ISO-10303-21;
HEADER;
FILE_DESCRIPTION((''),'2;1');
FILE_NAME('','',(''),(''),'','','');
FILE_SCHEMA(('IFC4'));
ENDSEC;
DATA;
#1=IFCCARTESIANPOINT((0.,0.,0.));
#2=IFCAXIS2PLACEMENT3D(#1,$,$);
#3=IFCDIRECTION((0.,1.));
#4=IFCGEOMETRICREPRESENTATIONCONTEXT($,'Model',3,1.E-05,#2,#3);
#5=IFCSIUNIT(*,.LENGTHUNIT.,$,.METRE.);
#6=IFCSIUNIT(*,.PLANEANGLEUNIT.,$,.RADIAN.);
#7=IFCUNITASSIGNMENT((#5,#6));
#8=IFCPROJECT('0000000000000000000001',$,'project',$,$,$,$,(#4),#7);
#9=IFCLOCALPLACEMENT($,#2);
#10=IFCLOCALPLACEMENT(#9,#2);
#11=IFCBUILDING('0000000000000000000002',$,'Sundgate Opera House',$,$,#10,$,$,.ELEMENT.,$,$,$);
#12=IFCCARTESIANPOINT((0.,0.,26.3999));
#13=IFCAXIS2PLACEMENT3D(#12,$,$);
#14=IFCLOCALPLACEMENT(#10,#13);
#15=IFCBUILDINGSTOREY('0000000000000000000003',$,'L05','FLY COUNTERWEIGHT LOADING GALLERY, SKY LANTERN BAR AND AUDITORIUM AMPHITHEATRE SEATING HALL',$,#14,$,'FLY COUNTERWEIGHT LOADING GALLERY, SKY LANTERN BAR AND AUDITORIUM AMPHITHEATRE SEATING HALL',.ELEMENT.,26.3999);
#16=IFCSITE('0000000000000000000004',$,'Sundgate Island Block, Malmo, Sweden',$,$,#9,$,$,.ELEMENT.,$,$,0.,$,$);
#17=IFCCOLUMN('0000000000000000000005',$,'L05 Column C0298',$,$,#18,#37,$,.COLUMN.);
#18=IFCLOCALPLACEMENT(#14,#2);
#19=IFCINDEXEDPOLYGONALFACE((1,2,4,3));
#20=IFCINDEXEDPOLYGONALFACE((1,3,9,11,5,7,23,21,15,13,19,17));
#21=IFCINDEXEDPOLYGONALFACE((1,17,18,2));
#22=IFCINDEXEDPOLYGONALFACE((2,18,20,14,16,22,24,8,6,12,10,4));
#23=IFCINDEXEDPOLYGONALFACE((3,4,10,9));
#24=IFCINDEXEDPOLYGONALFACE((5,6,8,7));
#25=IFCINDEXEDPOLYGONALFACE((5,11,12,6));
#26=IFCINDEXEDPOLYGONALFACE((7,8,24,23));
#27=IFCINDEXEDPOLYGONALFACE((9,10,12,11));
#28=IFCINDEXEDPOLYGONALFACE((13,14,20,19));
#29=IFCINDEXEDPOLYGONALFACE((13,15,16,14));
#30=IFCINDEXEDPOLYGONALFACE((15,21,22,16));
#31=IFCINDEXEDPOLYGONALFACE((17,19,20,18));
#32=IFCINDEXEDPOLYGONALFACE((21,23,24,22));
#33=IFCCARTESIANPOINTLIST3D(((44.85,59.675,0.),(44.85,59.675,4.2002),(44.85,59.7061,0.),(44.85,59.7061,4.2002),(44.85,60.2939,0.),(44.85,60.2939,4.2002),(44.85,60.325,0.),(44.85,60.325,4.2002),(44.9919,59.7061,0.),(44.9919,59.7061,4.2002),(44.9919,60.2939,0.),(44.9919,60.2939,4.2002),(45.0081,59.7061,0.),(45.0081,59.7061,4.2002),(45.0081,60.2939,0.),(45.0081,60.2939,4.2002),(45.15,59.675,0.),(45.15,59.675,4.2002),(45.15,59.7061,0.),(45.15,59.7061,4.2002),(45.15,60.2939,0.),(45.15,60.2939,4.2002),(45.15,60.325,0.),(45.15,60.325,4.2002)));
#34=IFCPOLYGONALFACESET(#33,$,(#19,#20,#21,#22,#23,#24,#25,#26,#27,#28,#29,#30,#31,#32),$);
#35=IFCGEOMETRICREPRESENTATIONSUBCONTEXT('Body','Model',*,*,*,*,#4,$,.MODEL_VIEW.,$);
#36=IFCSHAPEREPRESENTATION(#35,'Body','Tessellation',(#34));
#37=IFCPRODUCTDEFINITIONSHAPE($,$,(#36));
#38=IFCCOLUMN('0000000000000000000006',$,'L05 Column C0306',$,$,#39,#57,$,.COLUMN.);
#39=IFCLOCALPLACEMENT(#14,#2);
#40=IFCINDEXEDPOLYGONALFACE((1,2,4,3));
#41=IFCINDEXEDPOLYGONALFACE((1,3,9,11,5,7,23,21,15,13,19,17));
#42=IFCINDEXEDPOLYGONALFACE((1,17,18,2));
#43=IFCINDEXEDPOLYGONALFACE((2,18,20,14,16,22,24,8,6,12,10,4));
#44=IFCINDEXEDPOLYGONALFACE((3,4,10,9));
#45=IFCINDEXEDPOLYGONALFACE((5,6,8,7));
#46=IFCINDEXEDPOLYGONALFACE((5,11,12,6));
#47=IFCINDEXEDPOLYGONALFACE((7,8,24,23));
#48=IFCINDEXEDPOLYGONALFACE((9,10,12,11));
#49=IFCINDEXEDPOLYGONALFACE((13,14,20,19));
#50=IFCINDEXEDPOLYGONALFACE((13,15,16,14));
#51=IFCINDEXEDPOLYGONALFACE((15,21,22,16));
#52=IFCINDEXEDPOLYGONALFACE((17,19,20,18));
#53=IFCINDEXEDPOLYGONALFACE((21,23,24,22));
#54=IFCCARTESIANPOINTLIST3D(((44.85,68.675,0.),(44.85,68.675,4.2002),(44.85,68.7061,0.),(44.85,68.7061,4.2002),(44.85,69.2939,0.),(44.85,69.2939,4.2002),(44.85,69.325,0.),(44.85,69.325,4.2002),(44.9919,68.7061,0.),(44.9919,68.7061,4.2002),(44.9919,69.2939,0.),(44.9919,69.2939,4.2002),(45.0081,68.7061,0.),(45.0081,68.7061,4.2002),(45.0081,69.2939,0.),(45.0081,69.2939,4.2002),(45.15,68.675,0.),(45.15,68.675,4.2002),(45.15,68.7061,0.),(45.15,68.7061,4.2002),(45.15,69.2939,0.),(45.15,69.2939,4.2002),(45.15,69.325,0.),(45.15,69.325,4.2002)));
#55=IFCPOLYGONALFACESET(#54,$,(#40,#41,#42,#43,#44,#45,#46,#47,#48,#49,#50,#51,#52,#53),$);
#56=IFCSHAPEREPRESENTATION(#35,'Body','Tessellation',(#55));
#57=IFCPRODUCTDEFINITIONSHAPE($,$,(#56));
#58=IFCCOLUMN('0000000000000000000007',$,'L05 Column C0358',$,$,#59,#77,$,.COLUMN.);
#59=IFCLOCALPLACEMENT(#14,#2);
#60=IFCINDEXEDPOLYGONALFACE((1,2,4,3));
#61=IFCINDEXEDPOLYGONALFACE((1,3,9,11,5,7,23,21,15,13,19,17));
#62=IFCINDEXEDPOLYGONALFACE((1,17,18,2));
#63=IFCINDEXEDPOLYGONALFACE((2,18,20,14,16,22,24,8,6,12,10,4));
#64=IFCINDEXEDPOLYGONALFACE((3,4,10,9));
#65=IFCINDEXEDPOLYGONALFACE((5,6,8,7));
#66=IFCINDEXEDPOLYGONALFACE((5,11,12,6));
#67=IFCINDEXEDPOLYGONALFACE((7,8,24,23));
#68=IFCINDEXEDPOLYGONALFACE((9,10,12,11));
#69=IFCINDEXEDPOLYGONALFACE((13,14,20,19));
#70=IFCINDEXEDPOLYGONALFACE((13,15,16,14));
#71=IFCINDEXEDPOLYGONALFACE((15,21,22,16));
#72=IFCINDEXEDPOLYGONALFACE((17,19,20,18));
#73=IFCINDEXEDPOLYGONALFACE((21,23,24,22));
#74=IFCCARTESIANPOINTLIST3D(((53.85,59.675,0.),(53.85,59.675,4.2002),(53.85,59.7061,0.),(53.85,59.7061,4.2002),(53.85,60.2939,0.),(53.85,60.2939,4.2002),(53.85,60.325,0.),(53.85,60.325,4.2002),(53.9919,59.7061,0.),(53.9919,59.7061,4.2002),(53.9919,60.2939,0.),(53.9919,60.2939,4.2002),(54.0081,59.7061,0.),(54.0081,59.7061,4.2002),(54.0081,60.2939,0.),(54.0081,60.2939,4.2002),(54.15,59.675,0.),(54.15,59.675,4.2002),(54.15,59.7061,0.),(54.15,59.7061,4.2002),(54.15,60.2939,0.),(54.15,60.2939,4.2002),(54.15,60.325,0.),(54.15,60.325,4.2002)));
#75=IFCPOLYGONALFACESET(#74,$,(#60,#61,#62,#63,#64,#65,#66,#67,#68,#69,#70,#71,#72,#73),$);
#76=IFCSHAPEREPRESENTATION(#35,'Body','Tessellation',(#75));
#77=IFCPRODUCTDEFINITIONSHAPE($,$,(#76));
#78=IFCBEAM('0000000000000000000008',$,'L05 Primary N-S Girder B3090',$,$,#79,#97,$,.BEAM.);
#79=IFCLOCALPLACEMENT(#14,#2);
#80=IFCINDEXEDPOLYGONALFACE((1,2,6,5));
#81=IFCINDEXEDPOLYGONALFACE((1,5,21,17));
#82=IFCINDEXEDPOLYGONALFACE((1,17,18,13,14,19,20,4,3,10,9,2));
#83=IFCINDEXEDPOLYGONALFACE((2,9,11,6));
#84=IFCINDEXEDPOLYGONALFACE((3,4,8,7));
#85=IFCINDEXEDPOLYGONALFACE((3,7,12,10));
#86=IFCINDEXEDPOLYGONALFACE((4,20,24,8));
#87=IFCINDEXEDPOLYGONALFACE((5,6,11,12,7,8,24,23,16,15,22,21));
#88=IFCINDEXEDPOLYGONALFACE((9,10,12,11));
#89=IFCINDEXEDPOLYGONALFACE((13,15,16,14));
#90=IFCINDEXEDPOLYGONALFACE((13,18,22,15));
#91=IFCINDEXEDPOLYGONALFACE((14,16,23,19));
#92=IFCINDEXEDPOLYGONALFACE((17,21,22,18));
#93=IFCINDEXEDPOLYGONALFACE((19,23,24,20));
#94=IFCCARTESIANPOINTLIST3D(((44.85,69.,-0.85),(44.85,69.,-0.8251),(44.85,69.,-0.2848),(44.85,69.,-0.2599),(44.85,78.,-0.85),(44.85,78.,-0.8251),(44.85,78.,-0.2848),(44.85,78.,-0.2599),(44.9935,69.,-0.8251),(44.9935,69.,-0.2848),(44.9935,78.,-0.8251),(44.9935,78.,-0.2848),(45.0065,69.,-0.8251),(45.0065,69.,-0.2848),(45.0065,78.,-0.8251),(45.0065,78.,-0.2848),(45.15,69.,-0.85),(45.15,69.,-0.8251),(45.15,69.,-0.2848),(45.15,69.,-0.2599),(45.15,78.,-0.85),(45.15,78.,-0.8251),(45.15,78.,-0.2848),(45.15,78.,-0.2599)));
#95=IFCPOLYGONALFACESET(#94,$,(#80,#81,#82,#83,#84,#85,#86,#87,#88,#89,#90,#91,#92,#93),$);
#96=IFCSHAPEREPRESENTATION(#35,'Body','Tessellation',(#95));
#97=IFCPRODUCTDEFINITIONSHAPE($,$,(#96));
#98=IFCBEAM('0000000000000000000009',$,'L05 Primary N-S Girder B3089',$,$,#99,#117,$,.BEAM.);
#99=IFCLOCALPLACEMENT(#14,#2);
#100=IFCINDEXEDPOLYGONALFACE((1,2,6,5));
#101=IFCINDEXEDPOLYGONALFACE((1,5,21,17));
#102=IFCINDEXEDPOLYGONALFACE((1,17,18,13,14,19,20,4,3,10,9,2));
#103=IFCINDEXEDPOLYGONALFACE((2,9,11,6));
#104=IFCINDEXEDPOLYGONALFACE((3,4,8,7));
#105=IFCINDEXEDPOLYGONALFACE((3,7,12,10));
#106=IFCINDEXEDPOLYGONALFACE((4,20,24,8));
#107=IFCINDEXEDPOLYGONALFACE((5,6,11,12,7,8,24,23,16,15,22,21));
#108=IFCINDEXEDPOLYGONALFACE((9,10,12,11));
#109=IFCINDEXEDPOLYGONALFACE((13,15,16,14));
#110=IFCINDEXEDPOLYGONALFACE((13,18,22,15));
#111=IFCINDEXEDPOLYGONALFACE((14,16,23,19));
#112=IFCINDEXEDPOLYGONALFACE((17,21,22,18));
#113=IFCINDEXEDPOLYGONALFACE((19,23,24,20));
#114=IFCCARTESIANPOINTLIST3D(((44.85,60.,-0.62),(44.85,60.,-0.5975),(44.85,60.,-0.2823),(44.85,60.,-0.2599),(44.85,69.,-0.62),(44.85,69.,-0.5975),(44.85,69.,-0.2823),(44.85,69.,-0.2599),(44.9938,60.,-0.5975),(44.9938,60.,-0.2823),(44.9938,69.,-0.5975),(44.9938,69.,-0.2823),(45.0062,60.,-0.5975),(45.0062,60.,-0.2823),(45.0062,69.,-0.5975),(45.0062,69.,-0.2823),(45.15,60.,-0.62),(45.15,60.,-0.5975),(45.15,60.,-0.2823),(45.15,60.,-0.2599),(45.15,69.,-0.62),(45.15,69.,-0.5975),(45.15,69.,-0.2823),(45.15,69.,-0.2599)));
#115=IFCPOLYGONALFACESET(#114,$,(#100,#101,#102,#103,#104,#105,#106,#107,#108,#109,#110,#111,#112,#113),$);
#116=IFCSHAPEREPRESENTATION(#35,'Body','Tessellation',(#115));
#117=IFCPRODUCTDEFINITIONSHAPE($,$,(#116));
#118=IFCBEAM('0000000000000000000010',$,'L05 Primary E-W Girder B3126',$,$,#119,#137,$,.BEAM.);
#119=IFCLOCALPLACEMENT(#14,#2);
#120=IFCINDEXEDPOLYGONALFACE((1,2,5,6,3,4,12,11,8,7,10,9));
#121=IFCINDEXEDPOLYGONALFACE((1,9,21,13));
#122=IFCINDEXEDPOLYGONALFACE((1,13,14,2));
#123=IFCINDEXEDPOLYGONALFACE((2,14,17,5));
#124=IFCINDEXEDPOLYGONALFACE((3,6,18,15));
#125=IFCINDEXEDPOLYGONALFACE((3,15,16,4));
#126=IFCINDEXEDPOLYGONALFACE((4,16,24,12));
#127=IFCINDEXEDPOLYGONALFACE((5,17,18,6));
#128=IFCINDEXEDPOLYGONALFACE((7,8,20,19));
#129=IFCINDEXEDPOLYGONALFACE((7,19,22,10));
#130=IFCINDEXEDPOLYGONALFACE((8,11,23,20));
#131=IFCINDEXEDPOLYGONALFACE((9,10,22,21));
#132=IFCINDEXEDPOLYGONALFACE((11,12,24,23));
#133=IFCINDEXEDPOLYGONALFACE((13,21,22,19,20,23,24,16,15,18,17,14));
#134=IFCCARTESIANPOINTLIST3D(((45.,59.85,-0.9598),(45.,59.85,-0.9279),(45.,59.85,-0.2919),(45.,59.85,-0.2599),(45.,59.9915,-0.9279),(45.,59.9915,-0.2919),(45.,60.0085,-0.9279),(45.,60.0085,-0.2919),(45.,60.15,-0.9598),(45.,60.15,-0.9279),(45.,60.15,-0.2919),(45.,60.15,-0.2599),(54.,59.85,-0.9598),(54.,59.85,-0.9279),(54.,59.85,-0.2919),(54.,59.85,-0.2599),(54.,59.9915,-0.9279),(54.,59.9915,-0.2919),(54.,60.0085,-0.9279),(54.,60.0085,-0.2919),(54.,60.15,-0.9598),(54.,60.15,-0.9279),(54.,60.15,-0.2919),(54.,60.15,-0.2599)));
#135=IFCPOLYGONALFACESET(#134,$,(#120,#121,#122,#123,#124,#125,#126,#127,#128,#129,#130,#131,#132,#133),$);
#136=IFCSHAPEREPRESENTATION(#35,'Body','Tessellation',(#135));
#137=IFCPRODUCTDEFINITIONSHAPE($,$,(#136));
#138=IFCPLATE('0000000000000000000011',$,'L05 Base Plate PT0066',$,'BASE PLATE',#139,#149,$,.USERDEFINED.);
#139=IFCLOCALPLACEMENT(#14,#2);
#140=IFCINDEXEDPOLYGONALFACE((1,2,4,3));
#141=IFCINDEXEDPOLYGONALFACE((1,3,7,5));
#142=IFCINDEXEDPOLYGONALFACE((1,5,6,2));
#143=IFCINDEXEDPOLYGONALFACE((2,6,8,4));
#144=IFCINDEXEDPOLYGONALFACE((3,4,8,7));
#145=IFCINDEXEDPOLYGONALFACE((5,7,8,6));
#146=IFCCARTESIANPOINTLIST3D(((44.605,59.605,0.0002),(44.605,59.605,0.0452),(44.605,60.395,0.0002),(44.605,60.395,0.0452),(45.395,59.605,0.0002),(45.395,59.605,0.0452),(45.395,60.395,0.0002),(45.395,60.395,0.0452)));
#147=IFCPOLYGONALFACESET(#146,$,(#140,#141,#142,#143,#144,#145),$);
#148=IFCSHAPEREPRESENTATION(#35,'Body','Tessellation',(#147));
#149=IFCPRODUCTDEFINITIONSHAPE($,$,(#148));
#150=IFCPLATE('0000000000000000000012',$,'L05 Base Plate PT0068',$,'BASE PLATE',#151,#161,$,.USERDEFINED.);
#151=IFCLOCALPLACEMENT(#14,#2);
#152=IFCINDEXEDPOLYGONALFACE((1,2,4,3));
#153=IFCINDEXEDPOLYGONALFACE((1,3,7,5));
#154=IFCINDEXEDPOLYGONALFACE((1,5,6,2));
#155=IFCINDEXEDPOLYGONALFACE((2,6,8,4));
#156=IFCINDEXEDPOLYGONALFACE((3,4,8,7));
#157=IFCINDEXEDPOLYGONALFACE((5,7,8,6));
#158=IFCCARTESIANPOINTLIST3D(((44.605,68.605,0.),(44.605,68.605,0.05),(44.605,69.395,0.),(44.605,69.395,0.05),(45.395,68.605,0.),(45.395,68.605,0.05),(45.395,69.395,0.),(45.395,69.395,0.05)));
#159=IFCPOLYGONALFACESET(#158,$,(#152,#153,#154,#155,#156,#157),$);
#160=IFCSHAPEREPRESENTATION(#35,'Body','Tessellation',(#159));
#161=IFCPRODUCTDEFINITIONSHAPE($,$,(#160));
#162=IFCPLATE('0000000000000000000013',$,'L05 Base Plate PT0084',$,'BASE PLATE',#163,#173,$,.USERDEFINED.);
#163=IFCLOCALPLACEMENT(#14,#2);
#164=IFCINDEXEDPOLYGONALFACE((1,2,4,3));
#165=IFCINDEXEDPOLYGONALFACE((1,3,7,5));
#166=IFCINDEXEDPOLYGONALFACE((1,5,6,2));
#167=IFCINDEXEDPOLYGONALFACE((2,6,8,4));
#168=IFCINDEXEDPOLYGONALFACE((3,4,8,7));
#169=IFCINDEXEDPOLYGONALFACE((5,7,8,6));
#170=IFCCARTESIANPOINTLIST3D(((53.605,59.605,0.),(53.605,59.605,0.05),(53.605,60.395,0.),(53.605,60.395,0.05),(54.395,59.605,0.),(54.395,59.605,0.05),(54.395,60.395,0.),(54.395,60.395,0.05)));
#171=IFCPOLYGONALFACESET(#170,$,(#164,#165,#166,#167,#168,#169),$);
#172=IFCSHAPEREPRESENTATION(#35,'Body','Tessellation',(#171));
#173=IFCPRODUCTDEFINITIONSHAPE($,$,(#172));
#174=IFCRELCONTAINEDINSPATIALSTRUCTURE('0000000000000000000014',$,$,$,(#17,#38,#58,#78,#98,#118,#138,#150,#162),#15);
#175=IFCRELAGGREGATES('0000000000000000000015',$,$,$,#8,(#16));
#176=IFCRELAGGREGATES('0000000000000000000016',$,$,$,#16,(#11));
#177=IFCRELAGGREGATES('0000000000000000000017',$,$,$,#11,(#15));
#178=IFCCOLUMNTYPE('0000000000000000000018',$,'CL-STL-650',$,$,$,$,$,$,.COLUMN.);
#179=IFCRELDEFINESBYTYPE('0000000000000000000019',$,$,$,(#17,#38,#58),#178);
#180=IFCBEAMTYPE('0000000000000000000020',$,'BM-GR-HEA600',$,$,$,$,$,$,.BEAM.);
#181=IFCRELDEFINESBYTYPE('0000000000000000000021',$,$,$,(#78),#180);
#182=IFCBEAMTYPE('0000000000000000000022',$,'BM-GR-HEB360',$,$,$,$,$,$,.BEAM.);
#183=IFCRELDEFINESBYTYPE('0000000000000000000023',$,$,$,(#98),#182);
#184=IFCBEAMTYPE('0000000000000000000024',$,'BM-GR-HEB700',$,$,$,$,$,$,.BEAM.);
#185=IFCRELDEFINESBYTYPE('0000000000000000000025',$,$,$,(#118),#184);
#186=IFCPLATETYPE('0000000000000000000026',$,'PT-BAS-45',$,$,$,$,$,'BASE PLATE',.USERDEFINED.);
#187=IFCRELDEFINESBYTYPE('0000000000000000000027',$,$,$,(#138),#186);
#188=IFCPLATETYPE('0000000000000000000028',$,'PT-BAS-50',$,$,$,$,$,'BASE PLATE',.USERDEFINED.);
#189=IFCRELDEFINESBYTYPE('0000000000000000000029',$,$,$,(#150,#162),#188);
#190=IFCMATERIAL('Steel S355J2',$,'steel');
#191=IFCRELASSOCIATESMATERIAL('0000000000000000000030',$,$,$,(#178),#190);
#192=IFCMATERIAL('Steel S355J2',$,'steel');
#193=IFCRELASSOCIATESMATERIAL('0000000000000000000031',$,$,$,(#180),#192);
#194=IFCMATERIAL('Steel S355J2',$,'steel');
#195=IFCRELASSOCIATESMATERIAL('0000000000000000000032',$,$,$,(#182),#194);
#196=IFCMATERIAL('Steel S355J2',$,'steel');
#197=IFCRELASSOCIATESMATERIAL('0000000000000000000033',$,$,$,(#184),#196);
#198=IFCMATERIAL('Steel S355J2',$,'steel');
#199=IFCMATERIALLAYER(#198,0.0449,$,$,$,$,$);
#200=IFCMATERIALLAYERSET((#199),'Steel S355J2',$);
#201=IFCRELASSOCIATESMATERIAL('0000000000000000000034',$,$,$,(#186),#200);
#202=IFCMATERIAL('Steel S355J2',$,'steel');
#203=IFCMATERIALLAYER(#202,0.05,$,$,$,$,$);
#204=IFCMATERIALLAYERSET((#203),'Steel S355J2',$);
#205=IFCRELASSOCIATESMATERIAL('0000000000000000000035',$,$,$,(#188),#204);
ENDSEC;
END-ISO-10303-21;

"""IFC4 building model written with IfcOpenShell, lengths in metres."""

from ifc_helpers import new_model, si_unit, direction, frame, origin, origin_2d, place, context, subcontext, project, spatial, rectangle, i_section, extrude, material, layer, layer_set, material_profile, profile_set, type_object, element, save


model = new_model("IFC4")

# Units and contexts
model_context = context("Model", 3, precision=1e-05, world=origin(), true_north=direction((0.0, 1.0)))
body_context = subcontext(model_context, "Body", "Model", "MODEL_VIEW")
ifc_project = project(units=[si_unit("LENGTHUNIT", "METRE"), si_unit("PLANEANGLEUNIT", "RADIAN")], contexts=[model_context])

# Site, building, storey
site_placement = place(None, origin())
site = spatial("IfcSite", under=ifc_project, at=site_placement, Name="Sundgate Island Block, Malmo, Sweden", CompositionType="ELEMENT", RefElevation=0.0)
building_placement = place(site_placement, origin())
building = spatial("IfcBuilding", under=site, at=building_placement, Name="Sundgate Opera House", CompositionType="ELEMENT")
storey_placement = place(building_placement, frame((0.0, 0.0, 26.3999)))
storey = spatial("IfcBuildingStorey", under=building, at=storey_placement, Name="L05", Description="FLY COUNTERWEIGHT LOADING GALLERY, SKY LANTERN BAR AND AUDITORIUM AMPHITHEATRE SEATING HALL", LongName="FLY COUNTERWEIGHT LOADING GALLERY, SKY LANTERN BAR AND AUDITORIUM AMPHITHEATRE SEATING HALL", CompositionType="ELEMENT", Elevation=26.3999)

# Columns
ifc_material_1 = material(Name="Steel S355J2", Category="steel")
ifc_material_profile_1 = material_profile(ifc_material_1, i_section(OverallWidth=0.3, OverallDepth=0.6499, WebThickness=0.0161, FlangeThickness=0.031, at=origin_2d()), Name="HEB 650")
ifc_profile_set_1 = profile_set([ifc_material_profile_1], Name="Steel S355J2")
column_type = type_object("IfcColumnType", Name="CL-STL-650", PredefinedType="COLUMN", material=ifc_profile_set_1)
for number, where, z_axis, x_axis, name in (
    (1, (45.0, 60.0, 0.0), (0.0, 0.0, 1.0), (1.0, 0.0, 0.0), "L05 Column C0298"),
    (2, (45.0, 69.0, 0.0), (0.0, 0.0, 1.0), (1.0, 0.0, 0.0), "L05 Column C0306"),
    (3, (54.0, 60.0, 0.0), (0.0, 0.0, 1.0), (1.0, 0.0, 0.0), "L05 Column C0358"),
):
    element("IfcColumn", number, at=place(storey_placement, frame(where, z_axis=z_axis, x_axis=x_axis)), inside=storey, type_object=column_type, Name=name, PredefinedType="COLUMN", context=body_context, shape_type="SweptSolid", body=[
        extrude(i_section(OverallWidth=0.3, OverallDepth=0.6499, WebThickness=0.0161, FlangeThickness=0.031, at=origin_2d()), origin(), (0.0, 0.0, 1.0), 4.2002),
    ])

# Beams
ifc_material_2 = material(Name="Steel S355J2", Category="steel")
ifc_material_profile_2 = material_profile(ifc_material_2, i_section(OverallWidth=0.3, OverallDepth=0.5901, WebThickness=0.0129, FlangeThickness=0.0249, at=origin_2d()), Name="HEA 600")
ifc_profile_set_2 = profile_set([ifc_material_profile_2], Name="Steel S355J2")
beam_type_1 = type_object("IfcBeamType", Name="BM-GR-HEA600", PredefinedType="BEAM", material=ifc_profile_set_2)
beam_1_placement = place(storey_placement, frame((45.0, 69.0, -0.5549), z_axis=(0.0, 1.0, 0.0), x_axis=(-1.0, 0.0, 0.0)))
element("IfcBeam", 4, at=beam_1_placement, inside=storey, type_object=beam_type_1, Name="L05 Primary N-S Girder B3090", PredefinedType="BEAM", context=body_context, shape_type="SweptSolid", body=[
    extrude(i_section(OverallWidth=0.3, OverallDepth=0.5901, WebThickness=0.0129, FlangeThickness=0.0249, at=origin_2d()), origin(), (0.0, 0.0, 1.0), 9.0),
])
ifc_material_3 = material(Name="Steel S355J2", Category="steel")
ifc_material_profile_3 = material_profile(ifc_material_3, i_section(OverallWidth=0.3, OverallDepth=0.3601, WebThickness=0.0125, FlangeThickness=0.0225, at=origin_2d()), Name="HEB 360")
ifc_profile_set_3 = profile_set([ifc_material_profile_3], Name="Steel S355J2")
beam_type_2 = type_object("IfcBeamType", Name="BM-GR-HEB360", PredefinedType="BEAM", material=ifc_profile_set_3)
beam_2_placement = place(storey_placement, frame((45.0, 60.0, -0.4399), z_axis=(0.0, 1.0, 0.0), x_axis=(-1.0, 0.0, 0.0)))
element("IfcBeam", 5, at=beam_2_placement, inside=storey, type_object=beam_type_2, Name="L05 Primary N-S Girder B3089", PredefinedType="BEAM", context=body_context, shape_type="SweptSolid", body=[
    extrude(i_section(OverallWidth=0.3, OverallDepth=0.3601, WebThickness=0.0125, FlangeThickness=0.0225, at=origin_2d()), origin(), (0.0, 0.0, 1.0), 9.0),
])
ifc_material_4 = material(Name="Steel S355J2", Category="steel")
ifc_material_profile_4 = material_profile(ifc_material_4, i_section(OverallWidth=0.3, OverallDepth=0.7, WebThickness=0.0171, FlangeThickness=0.032, at=origin_2d()), Name="HEB 700")
ifc_profile_set_4 = profile_set([ifc_material_profile_4], Name="Steel S355J2")
beam_type_3 = type_object("IfcBeamType", Name="BM-GR-HEB700", PredefinedType="BEAM", material=ifc_profile_set_4)
beam_3_placement = place(storey_placement, frame((45.0, 60.0, -0.6099), z_axis=(1.0, 0.0, 0.0), x_axis=(0.0, 1.0, 0.0)))
element("IfcBeam", 6, at=beam_3_placement, inside=storey, type_object=beam_type_3, Name="L05 Primary E-W Girder B3126", PredefinedType="BEAM", context=body_context, shape_type="SweptSolid", body=[
    extrude(i_section(OverallWidth=0.3, OverallDepth=0.7, WebThickness=0.0171, FlangeThickness=0.032, at=origin_2d()), origin(), (0.0, 0.0, 1.0), 9.0),
])

# Plates
ifc_material_5 = material(Name="Steel S355J2", Category="steel")
ifc_layer_1 = layer(ifc_material_5, 0.0449)
ifc_layer_set_1 = layer_set([ifc_layer_1], Name="Steel S355J2")
plate_type_1 = type_object("IfcPlateType", Name="PT-BAS-45", ElementType="BASE PLATE", PredefinedType="USERDEFINED", material=ifc_layer_set_1)
plate_placement = place(storey_placement, frame((45.0, 60.0, 0.0002), z_axis=(0.0, 0.0, 1.0), x_axis=(1.0, 0.0, 0.0)))
element("IfcPlate", 7, at=plate_placement, inside=storey, type_object=plate_type_1, Name="L05 Base Plate PT0066", ObjectType="BASE PLATE", PredefinedType="USERDEFINED", context=body_context, shape_type="SweptSolid", body=[
    extrude(rectangle(XDim=0.79, YDim=0.79, at=origin_2d()), origin(), (0.0, 0.0, 1.0), 0.0449),
])
ifc_material_6 = material(Name="Steel S355J2", Category="steel")
ifc_layer_2 = layer(ifc_material_6, 0.05)
ifc_layer_set_2 = layer_set([ifc_layer_2], Name="Steel S355J2")
plate_type_2 = type_object("IfcPlateType", Name="PT-BAS-50", ElementType="BASE PLATE", PredefinedType="USERDEFINED", material=ifc_layer_set_2)
for number, where, z_axis, x_axis, name in (
    (8, (45.0, 69.0, 0.0), (0.0, 0.0, 1.0), (1.0, 0.0, 0.0), "L05 Base Plate PT0068"),
    (9, (54.0, 60.0, 0.0), (0.0, 0.0, 1.0), (1.0, 0.0, 0.0), "L05 Base Plate PT0084"),
):
    element("IfcPlate", number, at=place(storey_placement, frame(where, z_axis=z_axis, x_axis=x_axis)), inside=storey, type_object=plate_type_2, Name=name, ObjectType="BASE PLATE", PredefinedType="USERDEFINED", context=body_context, shape_type="SweptSolid", body=[
        extrude(rectangle(XDim=0.79, YDim=0.79, at=origin_2d()), origin(), (0.0, 0.0, 1.0), 0.05),
    ])

save(model, "model.ifc")
